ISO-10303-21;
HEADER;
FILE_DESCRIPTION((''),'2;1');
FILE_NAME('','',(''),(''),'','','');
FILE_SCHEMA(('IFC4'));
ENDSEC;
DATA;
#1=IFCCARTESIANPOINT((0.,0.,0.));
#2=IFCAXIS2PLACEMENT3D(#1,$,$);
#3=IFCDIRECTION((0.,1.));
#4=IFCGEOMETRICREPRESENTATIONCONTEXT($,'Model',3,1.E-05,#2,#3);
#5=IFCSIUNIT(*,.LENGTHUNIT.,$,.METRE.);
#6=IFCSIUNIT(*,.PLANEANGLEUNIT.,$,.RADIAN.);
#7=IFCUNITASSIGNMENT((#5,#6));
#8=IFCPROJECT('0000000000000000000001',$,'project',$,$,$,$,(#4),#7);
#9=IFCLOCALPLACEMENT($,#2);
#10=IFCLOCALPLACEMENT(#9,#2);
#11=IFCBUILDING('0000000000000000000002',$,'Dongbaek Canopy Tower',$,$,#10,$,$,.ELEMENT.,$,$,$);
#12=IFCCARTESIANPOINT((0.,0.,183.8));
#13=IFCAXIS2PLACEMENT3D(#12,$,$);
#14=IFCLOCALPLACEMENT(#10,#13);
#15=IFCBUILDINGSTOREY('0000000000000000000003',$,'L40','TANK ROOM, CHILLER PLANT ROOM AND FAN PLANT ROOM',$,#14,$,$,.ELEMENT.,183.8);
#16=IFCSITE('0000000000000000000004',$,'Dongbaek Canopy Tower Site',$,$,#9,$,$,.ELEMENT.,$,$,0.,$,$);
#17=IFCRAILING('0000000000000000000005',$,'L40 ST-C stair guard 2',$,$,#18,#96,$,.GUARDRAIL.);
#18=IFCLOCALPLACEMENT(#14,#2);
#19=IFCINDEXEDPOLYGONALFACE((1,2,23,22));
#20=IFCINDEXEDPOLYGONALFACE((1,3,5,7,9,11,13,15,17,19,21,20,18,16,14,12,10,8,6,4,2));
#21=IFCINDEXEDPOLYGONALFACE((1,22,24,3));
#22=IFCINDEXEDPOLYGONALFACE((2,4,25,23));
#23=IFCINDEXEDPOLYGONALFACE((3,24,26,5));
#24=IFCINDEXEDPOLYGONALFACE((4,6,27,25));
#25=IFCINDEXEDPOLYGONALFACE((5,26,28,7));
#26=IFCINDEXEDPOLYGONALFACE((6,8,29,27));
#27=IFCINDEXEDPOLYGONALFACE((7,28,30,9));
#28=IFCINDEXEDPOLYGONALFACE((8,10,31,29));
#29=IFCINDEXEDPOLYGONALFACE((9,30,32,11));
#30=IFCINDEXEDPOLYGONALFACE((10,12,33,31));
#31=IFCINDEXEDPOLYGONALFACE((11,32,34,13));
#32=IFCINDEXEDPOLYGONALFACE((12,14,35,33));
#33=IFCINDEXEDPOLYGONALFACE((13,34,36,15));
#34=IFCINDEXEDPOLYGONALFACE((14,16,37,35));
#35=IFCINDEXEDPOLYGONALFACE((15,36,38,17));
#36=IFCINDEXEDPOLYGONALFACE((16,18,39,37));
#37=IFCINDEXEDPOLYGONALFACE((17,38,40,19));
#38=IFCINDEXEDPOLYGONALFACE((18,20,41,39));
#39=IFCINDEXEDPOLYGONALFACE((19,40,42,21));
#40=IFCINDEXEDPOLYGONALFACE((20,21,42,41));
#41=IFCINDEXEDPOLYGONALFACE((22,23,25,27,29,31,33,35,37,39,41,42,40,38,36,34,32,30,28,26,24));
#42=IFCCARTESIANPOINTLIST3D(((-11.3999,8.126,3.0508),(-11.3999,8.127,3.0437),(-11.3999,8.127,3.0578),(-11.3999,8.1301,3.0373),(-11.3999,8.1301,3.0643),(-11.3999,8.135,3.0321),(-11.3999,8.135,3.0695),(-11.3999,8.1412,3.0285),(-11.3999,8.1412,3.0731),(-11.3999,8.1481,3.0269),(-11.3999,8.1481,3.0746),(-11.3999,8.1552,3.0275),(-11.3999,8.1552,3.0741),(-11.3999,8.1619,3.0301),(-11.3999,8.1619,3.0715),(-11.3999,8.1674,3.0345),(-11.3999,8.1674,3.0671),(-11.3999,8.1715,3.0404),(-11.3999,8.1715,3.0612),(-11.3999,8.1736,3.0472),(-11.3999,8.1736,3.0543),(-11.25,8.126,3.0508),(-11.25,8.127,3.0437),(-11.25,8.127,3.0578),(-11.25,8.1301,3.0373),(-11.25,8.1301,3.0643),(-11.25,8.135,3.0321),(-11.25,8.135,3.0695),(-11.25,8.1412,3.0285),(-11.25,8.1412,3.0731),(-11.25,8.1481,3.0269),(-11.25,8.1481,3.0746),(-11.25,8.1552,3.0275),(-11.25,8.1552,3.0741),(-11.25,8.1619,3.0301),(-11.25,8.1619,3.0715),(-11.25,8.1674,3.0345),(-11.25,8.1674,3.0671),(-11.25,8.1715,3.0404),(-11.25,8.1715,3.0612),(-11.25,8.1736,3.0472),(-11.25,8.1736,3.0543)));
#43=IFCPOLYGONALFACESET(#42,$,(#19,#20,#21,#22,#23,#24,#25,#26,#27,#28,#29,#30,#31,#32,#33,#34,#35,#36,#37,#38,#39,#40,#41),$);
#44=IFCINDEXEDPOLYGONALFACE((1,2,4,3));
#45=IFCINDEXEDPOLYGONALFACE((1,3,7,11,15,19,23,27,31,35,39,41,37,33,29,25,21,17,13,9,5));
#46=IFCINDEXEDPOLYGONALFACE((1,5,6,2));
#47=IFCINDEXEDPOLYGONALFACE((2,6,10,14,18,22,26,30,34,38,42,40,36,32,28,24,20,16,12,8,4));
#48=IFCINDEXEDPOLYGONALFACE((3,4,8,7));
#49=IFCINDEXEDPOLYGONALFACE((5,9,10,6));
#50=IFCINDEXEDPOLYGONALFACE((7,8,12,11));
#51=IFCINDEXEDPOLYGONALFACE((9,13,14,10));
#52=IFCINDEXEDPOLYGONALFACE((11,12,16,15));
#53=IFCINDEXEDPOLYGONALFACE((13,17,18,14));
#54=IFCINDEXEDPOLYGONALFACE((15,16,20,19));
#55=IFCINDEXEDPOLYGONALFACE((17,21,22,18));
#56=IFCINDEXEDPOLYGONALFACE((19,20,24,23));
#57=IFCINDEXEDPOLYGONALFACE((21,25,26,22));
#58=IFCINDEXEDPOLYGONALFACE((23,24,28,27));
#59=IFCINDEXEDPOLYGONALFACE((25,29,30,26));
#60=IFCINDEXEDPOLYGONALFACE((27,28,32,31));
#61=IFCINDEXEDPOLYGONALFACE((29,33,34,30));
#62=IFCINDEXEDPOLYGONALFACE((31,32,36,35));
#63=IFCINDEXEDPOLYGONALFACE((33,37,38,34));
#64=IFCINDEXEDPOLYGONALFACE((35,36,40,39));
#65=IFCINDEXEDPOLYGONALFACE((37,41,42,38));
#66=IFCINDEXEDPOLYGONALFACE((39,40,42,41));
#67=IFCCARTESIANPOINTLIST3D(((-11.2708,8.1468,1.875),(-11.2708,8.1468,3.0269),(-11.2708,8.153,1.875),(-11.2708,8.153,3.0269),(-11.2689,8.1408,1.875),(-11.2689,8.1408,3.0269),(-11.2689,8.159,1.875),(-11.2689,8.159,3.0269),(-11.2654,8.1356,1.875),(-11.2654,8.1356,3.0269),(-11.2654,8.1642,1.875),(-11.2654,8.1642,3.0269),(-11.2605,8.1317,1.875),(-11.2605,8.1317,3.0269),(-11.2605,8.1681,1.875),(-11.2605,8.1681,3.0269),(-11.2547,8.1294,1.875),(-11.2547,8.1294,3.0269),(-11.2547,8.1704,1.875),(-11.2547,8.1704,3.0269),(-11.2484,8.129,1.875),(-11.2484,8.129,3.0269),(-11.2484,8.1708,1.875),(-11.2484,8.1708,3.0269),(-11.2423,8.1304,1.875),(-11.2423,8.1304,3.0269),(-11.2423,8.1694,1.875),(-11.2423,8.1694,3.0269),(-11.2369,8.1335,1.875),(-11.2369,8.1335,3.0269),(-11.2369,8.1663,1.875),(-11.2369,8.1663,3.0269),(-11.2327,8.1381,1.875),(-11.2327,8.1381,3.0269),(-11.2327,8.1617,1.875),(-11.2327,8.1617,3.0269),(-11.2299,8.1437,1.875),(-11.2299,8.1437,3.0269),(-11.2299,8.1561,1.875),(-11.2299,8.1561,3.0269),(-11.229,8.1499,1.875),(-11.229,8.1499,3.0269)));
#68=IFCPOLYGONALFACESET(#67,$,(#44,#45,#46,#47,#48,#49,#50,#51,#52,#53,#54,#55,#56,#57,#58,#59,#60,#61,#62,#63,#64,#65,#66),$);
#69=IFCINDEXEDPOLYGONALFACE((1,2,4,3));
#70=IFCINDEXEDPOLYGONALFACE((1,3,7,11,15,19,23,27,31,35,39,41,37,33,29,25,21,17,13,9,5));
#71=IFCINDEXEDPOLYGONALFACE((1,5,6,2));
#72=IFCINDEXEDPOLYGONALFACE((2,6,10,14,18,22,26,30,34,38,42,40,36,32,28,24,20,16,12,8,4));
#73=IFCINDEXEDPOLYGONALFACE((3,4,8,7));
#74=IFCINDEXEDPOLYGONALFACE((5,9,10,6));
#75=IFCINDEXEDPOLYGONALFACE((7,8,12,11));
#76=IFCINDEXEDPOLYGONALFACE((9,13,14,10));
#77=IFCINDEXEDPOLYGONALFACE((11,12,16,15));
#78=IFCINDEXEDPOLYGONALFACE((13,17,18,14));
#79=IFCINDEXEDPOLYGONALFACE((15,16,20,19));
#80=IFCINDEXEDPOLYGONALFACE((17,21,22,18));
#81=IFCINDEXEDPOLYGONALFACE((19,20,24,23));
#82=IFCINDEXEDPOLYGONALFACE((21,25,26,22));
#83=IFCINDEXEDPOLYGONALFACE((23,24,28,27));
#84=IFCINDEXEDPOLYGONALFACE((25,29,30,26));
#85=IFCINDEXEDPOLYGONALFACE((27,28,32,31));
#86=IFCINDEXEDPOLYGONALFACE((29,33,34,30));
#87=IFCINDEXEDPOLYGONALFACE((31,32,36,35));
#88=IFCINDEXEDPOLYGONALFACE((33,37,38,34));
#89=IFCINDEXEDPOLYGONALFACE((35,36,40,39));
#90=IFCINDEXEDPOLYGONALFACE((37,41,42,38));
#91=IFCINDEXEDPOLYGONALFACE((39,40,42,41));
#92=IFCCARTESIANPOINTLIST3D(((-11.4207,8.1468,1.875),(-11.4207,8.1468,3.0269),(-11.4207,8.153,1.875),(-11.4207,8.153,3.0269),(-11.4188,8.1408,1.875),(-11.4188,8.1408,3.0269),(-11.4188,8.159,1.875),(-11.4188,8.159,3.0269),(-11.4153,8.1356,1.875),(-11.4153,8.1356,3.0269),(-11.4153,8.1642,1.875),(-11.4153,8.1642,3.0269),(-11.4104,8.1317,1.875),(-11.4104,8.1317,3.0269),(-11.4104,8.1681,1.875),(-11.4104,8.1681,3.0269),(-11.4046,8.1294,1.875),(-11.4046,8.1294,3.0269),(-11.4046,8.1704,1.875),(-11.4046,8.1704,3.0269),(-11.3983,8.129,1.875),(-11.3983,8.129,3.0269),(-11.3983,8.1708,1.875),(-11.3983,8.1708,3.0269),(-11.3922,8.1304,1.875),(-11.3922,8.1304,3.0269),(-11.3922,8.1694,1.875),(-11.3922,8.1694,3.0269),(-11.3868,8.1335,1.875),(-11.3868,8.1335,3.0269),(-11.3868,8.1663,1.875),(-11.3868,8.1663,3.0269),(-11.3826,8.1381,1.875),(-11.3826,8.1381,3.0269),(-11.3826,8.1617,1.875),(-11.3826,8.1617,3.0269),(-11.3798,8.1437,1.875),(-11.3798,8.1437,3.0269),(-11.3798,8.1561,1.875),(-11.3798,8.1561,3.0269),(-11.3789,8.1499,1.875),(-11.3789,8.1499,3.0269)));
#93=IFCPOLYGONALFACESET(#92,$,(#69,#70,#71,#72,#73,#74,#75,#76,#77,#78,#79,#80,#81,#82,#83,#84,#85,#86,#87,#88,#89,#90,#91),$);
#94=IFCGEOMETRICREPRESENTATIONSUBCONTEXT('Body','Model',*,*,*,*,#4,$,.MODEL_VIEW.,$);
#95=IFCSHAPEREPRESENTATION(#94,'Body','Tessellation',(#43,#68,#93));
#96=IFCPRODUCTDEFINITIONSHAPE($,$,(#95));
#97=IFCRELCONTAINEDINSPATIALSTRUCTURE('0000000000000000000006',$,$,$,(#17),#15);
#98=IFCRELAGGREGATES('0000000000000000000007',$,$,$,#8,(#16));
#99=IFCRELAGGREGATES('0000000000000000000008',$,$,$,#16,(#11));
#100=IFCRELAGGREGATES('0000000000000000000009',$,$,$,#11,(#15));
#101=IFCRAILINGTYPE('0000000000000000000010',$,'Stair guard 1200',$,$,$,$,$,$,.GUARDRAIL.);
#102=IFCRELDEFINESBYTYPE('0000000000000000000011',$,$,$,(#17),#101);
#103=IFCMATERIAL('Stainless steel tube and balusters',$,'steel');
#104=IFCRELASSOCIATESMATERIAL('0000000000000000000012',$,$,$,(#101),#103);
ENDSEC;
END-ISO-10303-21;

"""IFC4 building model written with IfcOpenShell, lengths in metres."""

from ifc_helpers import new_model, si_unit, direction, frame, origin, origin_2d, place, context, subcontext, project, spatial, circle, extrude, material, type_object, element, save


model = new_model("IFC4")

# Units and contexts
model_context = context("Model", 3, precision=1e-05, world=origin(), true_north=direction((0.0, 1.0)))
body_context = subcontext(model_context, "Body", "Model", "MODEL_VIEW")
ifc_project = project(units=[si_unit("LENGTHUNIT", "METRE"), si_unit("PLANEANGLEUNIT", "RADIAN")], contexts=[model_context])

# Site, building, storey
site_placement = place(None, origin())
site = spatial("IfcSite", under=ifc_project, at=site_placement, Name="Dongbaek Canopy Tower Site", CompositionType="ELEMENT", RefElevation=0.0)
building_placement = place(site_placement, origin())
building = spatial("IfcBuilding", under=site, at=building_placement, Name="Dongbaek Canopy Tower", CompositionType="ELEMENT")
storey_placement = place(building_placement, frame((0.0, 0.0, 183.8)))
storey = spatial("IfcBuildingStorey", under=building, at=storey_placement, Name="L40", Description="TANK ROOM, CHILLER PLANT ROOM AND FAN PLANT ROOM", CompositionType="ELEMENT", Elevation=183.8)

# Railing
ifc_material_1 = material(Name="Stainless steel tube and balusters", Category="steel")
railing_type_1 = type_object("IfcRailingType", Name="Stair guard 1200", PredefinedType="GUARDRAIL", material=ifc_material_1)
railing_1_placement = place(storey_placement, frame((-11.25, 8.1499, 1.875)))
element("IfcRailing", 1, at=railing_1_placement, inside=storey, type_object=railing_type_1, Name="L40 ST-C stair guard 2", PredefinedType="GUARDRAIL", context=body_context, shape_type="SweptSolid", body=[
    extrude(circle(Radius=0.0239, at=origin_2d()), frame((0.0, 0.0, 1.1758), z_axis=(-1.0, 0.0, 0.0), x_axis=(0.0, -1.0, 0.0)), (0.0, 0.0, 1.0), 0.1499),
    extrude(circle(Radius=0.021, at=origin_2d()), origin(), (0.0, 0.0, 1.0), 1.1519),
    extrude(circle(Radius=0.021, at=origin_2d()), frame((-0.1499, 0.0, 0.0)), (0.0, 0.0, 1.0), 1.1519),
])

save(model, "model.ifc")
